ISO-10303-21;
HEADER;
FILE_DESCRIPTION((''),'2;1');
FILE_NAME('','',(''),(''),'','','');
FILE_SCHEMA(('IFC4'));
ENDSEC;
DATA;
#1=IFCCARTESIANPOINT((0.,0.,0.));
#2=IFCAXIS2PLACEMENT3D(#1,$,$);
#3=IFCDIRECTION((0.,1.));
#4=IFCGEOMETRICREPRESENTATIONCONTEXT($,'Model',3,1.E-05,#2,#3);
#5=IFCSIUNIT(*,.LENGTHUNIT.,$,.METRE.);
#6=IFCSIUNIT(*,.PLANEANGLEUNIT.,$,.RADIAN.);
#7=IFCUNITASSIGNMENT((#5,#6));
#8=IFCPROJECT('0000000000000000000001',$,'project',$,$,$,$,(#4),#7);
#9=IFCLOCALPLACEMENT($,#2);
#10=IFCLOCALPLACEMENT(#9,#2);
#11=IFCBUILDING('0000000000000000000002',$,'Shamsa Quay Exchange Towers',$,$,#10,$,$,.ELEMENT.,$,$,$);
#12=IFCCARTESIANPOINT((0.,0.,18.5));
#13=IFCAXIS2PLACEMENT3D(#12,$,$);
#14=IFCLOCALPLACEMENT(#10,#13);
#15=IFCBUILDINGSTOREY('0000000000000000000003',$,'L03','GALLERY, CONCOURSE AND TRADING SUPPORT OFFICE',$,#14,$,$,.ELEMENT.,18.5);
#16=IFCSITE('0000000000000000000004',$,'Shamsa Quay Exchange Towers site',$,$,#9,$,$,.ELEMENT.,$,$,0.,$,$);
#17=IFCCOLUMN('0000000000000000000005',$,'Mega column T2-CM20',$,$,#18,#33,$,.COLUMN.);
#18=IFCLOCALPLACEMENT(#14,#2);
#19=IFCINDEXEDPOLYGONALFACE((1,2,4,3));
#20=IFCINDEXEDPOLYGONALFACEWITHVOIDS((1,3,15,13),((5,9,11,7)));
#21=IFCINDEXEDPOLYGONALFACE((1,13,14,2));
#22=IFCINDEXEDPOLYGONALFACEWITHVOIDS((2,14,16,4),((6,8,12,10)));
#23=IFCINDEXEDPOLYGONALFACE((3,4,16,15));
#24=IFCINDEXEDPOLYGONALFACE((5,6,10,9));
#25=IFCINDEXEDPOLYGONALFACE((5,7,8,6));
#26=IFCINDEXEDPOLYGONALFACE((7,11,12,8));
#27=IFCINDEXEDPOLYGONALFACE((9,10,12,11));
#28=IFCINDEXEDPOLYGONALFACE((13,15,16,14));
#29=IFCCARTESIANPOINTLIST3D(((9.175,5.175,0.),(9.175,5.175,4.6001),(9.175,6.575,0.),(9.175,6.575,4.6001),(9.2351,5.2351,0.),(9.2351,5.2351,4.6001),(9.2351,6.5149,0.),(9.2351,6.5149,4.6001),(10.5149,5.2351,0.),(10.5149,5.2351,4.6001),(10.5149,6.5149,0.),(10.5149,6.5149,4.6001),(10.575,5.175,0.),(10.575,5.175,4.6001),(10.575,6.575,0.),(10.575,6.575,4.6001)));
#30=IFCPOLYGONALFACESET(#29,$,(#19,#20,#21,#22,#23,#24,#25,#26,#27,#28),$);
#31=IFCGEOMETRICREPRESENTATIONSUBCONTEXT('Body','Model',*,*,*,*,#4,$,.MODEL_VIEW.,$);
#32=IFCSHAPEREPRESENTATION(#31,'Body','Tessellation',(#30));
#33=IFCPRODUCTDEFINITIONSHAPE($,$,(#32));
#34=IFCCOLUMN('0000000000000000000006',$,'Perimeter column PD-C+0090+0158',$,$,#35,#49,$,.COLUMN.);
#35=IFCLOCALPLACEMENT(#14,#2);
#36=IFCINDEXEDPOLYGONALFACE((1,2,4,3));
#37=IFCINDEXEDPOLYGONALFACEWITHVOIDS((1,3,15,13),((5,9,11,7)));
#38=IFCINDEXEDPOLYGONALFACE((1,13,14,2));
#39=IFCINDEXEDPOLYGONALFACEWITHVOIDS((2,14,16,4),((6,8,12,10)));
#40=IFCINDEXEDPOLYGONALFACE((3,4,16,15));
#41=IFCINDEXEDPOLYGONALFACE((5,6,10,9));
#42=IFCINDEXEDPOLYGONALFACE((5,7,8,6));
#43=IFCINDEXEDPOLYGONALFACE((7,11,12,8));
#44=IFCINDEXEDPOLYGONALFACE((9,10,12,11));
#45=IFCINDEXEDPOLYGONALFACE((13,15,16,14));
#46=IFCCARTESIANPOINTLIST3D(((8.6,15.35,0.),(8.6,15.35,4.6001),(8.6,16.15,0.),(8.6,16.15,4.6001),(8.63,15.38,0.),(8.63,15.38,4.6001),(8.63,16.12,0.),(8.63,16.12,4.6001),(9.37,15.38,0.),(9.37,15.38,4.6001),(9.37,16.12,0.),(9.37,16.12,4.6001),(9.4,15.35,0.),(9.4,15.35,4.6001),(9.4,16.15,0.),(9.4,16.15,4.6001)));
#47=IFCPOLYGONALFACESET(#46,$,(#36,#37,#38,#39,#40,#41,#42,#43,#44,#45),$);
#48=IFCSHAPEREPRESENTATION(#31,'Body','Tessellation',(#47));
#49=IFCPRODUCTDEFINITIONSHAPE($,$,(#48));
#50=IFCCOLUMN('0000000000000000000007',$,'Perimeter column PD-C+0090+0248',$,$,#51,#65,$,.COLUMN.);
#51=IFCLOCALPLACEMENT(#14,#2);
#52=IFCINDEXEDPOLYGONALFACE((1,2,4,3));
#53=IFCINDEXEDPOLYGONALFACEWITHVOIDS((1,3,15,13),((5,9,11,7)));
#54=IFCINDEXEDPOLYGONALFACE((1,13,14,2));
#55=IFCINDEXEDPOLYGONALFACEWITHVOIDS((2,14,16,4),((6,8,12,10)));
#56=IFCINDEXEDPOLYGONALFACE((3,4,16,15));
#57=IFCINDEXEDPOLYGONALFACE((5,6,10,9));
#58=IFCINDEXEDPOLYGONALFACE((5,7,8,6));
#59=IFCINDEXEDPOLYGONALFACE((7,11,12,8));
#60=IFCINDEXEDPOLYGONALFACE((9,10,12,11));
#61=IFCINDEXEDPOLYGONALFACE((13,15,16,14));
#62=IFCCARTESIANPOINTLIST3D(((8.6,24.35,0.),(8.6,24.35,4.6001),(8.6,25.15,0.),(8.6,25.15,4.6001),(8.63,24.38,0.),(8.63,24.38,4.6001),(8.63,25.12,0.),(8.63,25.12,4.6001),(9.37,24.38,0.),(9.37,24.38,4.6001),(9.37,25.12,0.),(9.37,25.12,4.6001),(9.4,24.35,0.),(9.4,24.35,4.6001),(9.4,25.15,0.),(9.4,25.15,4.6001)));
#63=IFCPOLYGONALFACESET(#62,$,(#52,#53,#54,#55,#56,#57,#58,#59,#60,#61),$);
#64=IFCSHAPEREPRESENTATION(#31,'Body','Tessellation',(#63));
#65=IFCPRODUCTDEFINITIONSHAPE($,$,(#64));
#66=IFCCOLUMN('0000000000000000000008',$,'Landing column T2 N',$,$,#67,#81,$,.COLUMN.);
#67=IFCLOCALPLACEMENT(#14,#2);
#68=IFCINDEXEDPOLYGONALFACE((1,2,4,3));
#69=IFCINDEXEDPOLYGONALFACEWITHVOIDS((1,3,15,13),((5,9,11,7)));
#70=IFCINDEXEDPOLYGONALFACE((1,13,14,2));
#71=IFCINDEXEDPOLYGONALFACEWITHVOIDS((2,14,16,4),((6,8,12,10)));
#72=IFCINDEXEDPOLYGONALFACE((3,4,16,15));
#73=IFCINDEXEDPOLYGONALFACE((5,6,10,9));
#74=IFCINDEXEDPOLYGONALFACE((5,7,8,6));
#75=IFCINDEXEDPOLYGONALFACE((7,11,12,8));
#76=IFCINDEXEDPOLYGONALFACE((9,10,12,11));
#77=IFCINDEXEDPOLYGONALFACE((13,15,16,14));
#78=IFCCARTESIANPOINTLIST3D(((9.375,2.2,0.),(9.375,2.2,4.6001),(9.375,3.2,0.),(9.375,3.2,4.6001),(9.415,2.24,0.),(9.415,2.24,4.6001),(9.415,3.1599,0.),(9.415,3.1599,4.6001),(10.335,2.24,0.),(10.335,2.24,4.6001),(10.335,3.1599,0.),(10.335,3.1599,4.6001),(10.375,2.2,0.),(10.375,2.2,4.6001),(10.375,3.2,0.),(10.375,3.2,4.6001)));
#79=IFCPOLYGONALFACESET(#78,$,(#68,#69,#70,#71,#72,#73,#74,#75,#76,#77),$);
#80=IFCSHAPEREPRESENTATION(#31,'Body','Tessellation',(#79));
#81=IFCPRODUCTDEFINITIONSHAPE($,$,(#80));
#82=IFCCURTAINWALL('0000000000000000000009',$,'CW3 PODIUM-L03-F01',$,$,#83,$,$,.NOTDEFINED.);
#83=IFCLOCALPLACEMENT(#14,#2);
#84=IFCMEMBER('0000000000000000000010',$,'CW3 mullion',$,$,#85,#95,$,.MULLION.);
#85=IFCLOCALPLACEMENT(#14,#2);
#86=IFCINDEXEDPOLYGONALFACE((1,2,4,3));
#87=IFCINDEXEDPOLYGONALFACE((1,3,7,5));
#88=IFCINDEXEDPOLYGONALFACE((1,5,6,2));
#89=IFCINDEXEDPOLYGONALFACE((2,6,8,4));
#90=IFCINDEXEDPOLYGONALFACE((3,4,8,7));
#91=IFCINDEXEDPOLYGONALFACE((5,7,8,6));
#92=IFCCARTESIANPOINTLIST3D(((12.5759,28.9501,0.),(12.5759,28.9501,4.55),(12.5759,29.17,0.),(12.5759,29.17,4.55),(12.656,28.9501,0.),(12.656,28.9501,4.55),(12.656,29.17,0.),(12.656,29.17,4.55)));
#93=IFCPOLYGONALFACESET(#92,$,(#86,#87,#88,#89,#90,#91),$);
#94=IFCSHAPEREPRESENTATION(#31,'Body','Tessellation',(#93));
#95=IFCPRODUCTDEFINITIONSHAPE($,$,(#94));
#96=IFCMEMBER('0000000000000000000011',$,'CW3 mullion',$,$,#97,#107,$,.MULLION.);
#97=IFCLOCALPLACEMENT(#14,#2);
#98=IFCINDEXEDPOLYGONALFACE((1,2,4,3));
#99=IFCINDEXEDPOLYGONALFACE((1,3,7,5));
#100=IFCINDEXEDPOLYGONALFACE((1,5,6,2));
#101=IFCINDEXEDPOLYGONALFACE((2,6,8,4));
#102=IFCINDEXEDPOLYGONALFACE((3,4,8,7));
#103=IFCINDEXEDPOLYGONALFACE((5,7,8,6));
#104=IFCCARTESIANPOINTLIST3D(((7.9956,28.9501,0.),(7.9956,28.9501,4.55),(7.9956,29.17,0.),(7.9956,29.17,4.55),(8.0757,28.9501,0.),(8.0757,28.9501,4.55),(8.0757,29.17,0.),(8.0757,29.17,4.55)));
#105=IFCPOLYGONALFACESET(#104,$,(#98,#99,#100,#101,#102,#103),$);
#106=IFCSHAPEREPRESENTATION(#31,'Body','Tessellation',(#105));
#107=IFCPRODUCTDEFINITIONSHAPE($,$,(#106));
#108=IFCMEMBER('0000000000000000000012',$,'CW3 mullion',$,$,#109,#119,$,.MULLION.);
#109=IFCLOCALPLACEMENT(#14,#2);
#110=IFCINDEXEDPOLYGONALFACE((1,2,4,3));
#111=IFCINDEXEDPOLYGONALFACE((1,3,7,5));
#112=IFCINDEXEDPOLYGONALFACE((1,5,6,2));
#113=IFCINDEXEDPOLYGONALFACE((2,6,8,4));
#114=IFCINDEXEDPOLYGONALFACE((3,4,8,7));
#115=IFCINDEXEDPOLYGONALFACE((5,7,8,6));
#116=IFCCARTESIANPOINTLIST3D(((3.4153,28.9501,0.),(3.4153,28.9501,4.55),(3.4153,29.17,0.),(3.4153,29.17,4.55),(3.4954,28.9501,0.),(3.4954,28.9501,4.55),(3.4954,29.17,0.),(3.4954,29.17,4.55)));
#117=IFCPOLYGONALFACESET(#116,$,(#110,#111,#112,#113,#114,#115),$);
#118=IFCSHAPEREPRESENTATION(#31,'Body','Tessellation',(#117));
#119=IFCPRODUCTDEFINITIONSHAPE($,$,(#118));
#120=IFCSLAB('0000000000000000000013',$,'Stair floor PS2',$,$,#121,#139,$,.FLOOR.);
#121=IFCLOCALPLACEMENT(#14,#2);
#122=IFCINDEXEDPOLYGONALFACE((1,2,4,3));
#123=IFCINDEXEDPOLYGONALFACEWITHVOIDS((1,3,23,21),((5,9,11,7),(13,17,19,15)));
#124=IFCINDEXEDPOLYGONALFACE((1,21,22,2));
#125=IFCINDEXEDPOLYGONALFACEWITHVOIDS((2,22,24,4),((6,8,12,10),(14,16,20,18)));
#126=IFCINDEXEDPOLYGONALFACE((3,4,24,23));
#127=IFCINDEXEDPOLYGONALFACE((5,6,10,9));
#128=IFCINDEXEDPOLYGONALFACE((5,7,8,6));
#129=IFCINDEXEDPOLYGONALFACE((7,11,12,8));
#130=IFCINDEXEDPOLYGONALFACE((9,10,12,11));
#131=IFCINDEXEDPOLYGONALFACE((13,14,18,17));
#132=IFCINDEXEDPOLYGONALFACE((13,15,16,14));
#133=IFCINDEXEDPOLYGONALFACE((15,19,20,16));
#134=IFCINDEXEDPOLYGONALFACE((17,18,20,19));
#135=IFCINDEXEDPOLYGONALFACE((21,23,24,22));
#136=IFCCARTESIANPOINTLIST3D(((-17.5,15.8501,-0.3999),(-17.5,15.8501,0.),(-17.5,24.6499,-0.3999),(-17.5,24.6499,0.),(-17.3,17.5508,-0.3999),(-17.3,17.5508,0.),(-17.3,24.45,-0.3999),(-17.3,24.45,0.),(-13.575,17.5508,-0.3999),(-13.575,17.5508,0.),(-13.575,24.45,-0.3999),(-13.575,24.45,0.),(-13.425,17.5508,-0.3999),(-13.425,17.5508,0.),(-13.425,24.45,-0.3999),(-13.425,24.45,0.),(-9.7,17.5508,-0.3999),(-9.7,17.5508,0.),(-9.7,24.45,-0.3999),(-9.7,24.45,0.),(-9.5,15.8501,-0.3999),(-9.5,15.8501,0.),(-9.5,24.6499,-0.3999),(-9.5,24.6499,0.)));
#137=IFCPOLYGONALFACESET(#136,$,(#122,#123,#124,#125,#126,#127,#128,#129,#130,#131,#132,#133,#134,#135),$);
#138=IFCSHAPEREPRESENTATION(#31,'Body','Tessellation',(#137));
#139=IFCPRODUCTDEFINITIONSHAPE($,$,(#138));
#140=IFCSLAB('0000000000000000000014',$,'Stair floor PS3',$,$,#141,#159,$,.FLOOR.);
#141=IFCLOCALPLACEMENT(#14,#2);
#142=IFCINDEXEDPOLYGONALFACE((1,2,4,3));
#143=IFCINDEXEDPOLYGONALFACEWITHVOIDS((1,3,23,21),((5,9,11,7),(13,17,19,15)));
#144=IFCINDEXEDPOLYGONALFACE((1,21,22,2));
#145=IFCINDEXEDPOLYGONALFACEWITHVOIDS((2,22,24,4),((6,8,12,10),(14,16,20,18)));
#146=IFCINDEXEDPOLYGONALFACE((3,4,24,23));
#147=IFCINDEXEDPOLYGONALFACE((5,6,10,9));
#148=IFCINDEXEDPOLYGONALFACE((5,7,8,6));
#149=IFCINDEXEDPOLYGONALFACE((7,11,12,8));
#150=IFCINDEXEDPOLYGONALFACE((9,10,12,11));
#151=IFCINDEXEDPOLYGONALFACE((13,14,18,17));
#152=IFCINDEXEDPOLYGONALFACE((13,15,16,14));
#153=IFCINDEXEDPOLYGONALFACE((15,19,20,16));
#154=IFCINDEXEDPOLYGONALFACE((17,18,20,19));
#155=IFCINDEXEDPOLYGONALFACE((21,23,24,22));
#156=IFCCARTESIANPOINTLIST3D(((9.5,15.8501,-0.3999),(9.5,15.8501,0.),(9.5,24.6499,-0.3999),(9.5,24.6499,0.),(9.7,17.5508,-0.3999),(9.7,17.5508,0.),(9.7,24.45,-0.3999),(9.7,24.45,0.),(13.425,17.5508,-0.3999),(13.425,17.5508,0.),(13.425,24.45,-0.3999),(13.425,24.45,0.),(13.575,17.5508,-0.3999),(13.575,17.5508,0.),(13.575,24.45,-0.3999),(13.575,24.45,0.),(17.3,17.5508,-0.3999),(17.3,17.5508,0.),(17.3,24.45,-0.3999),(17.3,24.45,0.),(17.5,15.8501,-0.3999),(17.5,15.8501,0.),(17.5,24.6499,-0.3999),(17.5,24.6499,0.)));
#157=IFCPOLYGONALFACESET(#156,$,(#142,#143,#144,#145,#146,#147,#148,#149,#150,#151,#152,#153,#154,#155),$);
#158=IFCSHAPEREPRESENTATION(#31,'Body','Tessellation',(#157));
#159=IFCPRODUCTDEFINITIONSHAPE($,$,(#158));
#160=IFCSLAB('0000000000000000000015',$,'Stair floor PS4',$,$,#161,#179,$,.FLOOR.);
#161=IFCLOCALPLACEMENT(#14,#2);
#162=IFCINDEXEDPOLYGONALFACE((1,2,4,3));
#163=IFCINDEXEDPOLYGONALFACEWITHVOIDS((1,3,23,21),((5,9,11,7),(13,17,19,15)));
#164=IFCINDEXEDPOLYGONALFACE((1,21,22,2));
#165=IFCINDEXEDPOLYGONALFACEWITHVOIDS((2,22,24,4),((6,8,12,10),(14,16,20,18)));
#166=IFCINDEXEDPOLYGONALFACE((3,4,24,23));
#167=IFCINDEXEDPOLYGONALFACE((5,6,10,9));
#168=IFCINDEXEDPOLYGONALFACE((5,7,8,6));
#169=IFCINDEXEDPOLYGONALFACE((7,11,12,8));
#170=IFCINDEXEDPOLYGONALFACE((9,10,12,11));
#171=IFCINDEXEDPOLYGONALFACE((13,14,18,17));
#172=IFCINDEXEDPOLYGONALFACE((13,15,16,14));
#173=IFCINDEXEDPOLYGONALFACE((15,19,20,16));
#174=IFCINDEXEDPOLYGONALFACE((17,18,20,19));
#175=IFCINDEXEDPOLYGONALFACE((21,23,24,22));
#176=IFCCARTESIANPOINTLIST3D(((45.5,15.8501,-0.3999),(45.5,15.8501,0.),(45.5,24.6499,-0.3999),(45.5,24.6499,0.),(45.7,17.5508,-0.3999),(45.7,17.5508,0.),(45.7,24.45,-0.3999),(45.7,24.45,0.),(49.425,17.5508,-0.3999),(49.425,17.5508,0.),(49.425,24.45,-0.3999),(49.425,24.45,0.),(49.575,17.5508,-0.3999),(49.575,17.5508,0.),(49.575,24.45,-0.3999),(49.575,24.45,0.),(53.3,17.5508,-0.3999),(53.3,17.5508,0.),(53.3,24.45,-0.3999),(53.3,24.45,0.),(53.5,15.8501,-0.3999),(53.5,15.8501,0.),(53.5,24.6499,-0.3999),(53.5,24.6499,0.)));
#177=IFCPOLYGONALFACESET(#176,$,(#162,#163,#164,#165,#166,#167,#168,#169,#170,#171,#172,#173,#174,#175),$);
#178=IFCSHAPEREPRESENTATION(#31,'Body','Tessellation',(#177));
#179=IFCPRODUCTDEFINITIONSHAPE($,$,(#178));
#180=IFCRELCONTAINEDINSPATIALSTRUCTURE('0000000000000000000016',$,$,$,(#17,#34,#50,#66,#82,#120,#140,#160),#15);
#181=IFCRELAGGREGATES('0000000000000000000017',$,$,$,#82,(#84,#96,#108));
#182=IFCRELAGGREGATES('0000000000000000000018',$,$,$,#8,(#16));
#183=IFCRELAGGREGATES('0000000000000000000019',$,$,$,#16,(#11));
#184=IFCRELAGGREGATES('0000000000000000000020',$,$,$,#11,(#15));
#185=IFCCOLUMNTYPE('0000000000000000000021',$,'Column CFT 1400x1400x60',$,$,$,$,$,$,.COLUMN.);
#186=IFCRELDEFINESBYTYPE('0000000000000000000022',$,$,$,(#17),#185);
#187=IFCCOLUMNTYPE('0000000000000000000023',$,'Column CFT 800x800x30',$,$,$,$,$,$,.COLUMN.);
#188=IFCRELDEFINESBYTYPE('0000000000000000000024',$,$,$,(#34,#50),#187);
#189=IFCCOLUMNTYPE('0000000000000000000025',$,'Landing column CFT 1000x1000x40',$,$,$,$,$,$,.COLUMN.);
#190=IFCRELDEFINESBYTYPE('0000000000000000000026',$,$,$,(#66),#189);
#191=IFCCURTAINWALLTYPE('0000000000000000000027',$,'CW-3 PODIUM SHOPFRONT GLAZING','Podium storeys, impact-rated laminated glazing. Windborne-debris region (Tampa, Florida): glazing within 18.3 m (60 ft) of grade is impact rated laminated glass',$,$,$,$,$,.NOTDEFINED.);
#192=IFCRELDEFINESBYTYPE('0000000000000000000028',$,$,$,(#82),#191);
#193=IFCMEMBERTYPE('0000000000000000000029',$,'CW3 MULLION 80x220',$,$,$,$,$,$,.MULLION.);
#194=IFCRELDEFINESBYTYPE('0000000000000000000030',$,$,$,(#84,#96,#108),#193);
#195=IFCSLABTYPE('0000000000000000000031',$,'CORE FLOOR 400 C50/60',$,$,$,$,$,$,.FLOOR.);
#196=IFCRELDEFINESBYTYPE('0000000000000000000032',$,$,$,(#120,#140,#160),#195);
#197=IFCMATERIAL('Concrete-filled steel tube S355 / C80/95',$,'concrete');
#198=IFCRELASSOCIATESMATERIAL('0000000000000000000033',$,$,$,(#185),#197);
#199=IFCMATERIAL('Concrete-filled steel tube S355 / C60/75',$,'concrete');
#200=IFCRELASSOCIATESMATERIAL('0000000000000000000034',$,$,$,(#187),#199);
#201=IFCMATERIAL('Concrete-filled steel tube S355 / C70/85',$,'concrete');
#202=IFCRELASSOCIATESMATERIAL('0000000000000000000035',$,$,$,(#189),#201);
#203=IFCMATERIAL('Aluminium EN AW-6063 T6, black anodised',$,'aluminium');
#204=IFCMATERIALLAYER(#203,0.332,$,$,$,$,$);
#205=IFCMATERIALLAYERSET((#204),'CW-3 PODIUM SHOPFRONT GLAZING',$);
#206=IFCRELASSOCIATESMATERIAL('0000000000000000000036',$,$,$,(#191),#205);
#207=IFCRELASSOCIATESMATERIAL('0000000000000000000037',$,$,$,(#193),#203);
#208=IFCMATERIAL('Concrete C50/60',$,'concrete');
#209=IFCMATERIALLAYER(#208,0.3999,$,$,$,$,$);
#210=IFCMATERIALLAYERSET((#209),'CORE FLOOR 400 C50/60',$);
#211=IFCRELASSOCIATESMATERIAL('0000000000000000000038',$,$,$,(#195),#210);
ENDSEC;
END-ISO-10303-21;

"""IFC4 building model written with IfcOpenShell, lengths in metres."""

from ifc_helpers import new_model, si_unit, direction, frame, origin, origin_2d, place, context, subcontext, project, spatial, polyline, rectangle, hollow_rectangle, outline, extrude, material, layer, layer_set, material_profile, profile_set, type_object, element, aggregate, save


model = new_model("IFC4")

# Units and contexts
model_context = context("Model", 3, precision=1e-05, world=origin(), true_north=direction((0.0, 1.0)))
body_context = subcontext(model_context, "Body", "Model", "MODEL_VIEW")
ifc_project = project(units=[si_unit("LENGTHUNIT", "METRE"), si_unit("PLANEANGLEUNIT", "RADIAN")], contexts=[model_context])

# Site, building, storey
site_placement = place(None, origin())
site = spatial("IfcSite", under=ifc_project, at=site_placement, Name="Shamsa Quay Exchange Towers site", CompositionType="ELEMENT", RefElevation=0.0)
building_placement = place(site_placement, origin())
building = spatial("IfcBuilding", under=site, at=building_placement, Name="Shamsa Quay Exchange Towers", CompositionType="ELEMENT")
storey_placement = place(building_placement, frame((0.0, 0.0, 18.5)))
storey = spatial("IfcBuildingStorey", under=building, at=storey_placement, Name="L03", Description="GALLERY, CONCOURSE AND TRADING SUPPORT OFFICE", CompositionType="ELEMENT", Elevation=18.5)

# Columns
ifc_material_1 = material(Name="Concrete-filled steel tube S355 / C80/95", Category="concrete")
ifc_material_profile_1 = material_profile(ifc_material_1, hollow_rectangle(XDim=1.3999, YDim=1.3999, WallThickness=0.0601, at=origin_2d()), Name="CFT 1400x1400x60")
ifc_profile_set_1 = profile_set([ifc_material_profile_1], Name="Concrete-filled steel tube S355 / C80/95")
column_type_1 = type_object("IfcColumnType", Name="Column CFT 1400x1400x60", PredefinedType="COLUMN", material=ifc_profile_set_1)
column_1_placement = place(storey_placement, frame((9.875, 5.875, 0.0)))
element("IfcColumn", 1, at=column_1_placement, inside=storey, type_object=column_type_1, Name="Mega column T2-CM20", PredefinedType="COLUMN", context=body_context, shape_type="SweptSolid", body=[
    extrude(hollow_rectangle(XDim=1.3999, YDim=1.3999, WallThickness=0.0601, at=origin_2d()), origin(), (0.0, 0.0, 1.0), 4.6001),
])
ifc_material_2 = material(Name="Concrete-filled steel tube S355 / C60/75", Category="concrete")
ifc_material_profile_2 = material_profile(ifc_material_2, hollow_rectangle(XDim=0.8, YDim=0.8, WallThickness=0.03, at=origin_2d()), Name="CFT 800x800x30")
ifc_profile_set_2 = profile_set([ifc_material_profile_2], Name="Concrete-filled steel tube S355 / C60/75")
column_type_2 = type_object("IfcColumnType", Name="Column CFT 800x800x30", PredefinedType="COLUMN", material=ifc_profile_set_2)
for number, where, name in (
    (2, (9.0, 15.75, 0.0), "Perimeter column PD-C+0090+0158"),
    (3, (9.0, 24.75, 0.0), "Perimeter column PD-C+0090+0248"),
):
    element("IfcColumn", number, at=place(storey_placement, frame(where)), inside=storey, type_object=column_type_2, Name=name, PredefinedType="COLUMN", context=body_context, shape_type="SweptSolid", body=[
        extrude(hollow_rectangle(XDim=0.8, YDim=0.8, WallThickness=0.03, at=origin_2d()), origin(), (0.0, 0.0, 1.0), 4.6001),
    ])
ifc_material_3 = material(Name="Concrete-filled steel tube S355 / C70/85", Category="concrete")
ifc_material_profile_3 = material_profile(ifc_material_3, hollow_rectangle(XDim=1.0, YDim=1.0, WallThickness=0.04, at=origin_2d()), Name="CFT 1000x1000x40")
ifc_profile_set_3 = profile_set([ifc_material_profile_3], Name="Concrete-filled steel tube S355 / C70/85")
column_type_3 = type_object("IfcColumnType", Name="Landing column CFT 1000x1000x40", PredefinedType="COLUMN", material=ifc_profile_set_3)
column_2_placement = place(storey_placement, frame((9.875, 2.7, 0.0)))
element("IfcColumn", 4, at=column_2_placement, inside=storey, type_object=column_type_3, Name="Landing column T2 N", PredefinedType="COLUMN", context=body_context, shape_type="SweptSolid", body=[
    extrude(hollow_rectangle(XDim=1.0, YDim=1.0, WallThickness=0.04, at=origin_2d()), origin(), (0.0, 0.0, 1.0), 4.6001),
])

# Curtain wall, members
ifc_material_4 = material(Name="Aluminium EN AW-6063 T6, black anodised", Category="aluminium")
ifc_layer_1 = layer(ifc_material_4, 0.332)
ifc_layer_set_1 = layer_set([ifc_layer_1], Name="CW-3 PODIUM SHOPFRONT GLAZING")
curtain_wall_type = type_object("IfcCurtainWallType", Name="CW-3 PODIUM SHOPFRONT GLAZING", Description="Podium storeys, impact-rated laminated glazing. Windborne-debris region (Tampa, Florida): glazing within 18.3 m (60 ft) of grade is impact rated laminated glass", PredefinedType="NOTDEFINED", material=ifc_layer_set_1)
curtain_wall_placement = place(storey_placement, origin())
curtain_wall = element("IfcCurtainWall", 5, at=curtain_wall_placement, inside=storey, type_object=curtain_wall_type, Name="CW3 PODIUM-L03-F01", PredefinedType="NOTDEFINED")
ifc_material_profile_4 = material_profile(ifc_material_4, rectangle(XDim=0.22, YDim=0.0801, at=origin_2d()), Name="MU80x220")
ifc_profile_set_4 = profile_set([ifc_material_profile_4], Name="Aluminium EN AW-6063 T6, black anodised")
member_type = type_object("IfcMemberType", Name="CW3 MULLION 80x220", PredefinedType="MULLION", material=ifc_profile_set_4)
member_1_placement = place(storey_placement, frame((12.616, 29.0601, 0.0), z_axis=(0.0, 0.0, 1.0), x_axis=(0.0, -1.0, 0.0)))
member_1 = element("IfcMember", 6, at=member_1_placement, type_object=member_type, Name="CW3 mullion", PredefinedType="MULLION", context=body_context, shape_type="SweptSolid", body=[
    extrude(rectangle(XDim=0.22, YDim=0.0801, at=origin_2d()), origin(), (0.0, 0.0, 1.0), 4.55),
])
member_2_placement = place(storey_placement, frame((8.0356, 29.0601, 0.0), z_axis=(0.0, 0.0, 1.0), x_axis=(0.0, -1.0, 0.0)))
member_2 = element("IfcMember", 7, at=member_2_placement, type_object=member_type, Name="CW3 mullion", PredefinedType="MULLION", context=body_context, shape_type="SweptSolid", body=[
    extrude(rectangle(XDim=0.22, YDim=0.0801, at=origin_2d()), origin(), (0.0, 0.0, 1.0), 4.55),
])
member_3_placement = place(storey_placement, frame((3.4553, 29.0601, 0.0), z_axis=(0.0, 0.0, 1.0), x_axis=(0.0, -1.0, 0.0)))
member_3 = element("IfcMember", 8, at=member_3_placement, type_object=member_type, Name="CW3 mullion", PredefinedType="MULLION", context=body_context, shape_type="SweptSolid", body=[
    extrude(rectangle(XDim=0.22, YDim=0.0801, at=origin_2d()), origin(), (0.0, 0.0, 1.0), 4.55),
])

# Slabs
ifc_material_5 = material(Name="Concrete C50/60", Category="concrete")
ifc_layer_2 = layer(ifc_material_5, 0.3999)
ifc_layer_set_2 = layer_set([ifc_layer_2], Name="CORE FLOOR 400 C50/60")
slab_type_1 = type_object("IfcSlabType", Name="CORE FLOOR 400 C50/60", PredefinedType="FLOOR", material=ifc_layer_set_2)
slab_1_placement = place(storey_placement, frame((0.0, 0.0, -0.3999)))
element("IfcSlab", 9, at=slab_1_placement, inside=storey, type_object=slab_type_1, Name="Stair floor PS2", PredefinedType="FLOOR", context=body_context, shape_type="SweptSolid", body=[
    extrude(outline(polyline([(-17.5, 15.8501), (-9.5, 15.8501), (-9.5, 24.6499), (-17.5, 24.6499), (-17.5, 15.8501)]), holes=[polyline([(-13.575, 17.5508), (-17.3, 17.5508), (-17.3, 24.45), (-13.575, 24.45), (-13.575, 17.5508)]), polyline([(-9.7, 17.5508), (-13.425, 17.5508), (-13.425, 24.45), (-9.7, 24.45), (-9.7, 17.5508)])]), origin(), (0.0, 0.0, 1.0), 0.3999),
])
slab_2_placement = place(storey_placement, frame((0.0, 0.0, -0.3999)))
element("IfcSlab", 10, at=slab_2_placement, inside=storey, type_object=slab_type_1, Name="Stair floor PS3", PredefinedType="FLOOR", context=body_context, shape_type="SweptSolid", body=[
    extrude(outline(polyline([(9.5, 15.8501), (17.5, 15.8501), (17.5, 24.6499), (9.5, 24.6499), (9.5, 15.8501)]), holes=[polyline([(13.425, 17.5508), (9.7, 17.5508), (9.7, 24.45), (13.425, 24.45), (13.425, 17.5508)]), polyline([(17.3, 17.5508), (13.575, 17.5508), (13.575, 24.45), (17.3, 24.45), (17.3, 17.5508)])]), origin(), (0.0, 0.0, 1.0), 0.3999),
])
slab_3_placement = place(storey_placement, frame((0.0, 0.0, -0.3999)))
element("IfcSlab", 11, at=slab_3_placement, inside=storey, type_object=slab_type_1, Name="Stair floor PS4", PredefinedType="FLOOR", context=body_context, shape_type="SweptSolid", body=[
    extrude(outline(polyline([(45.5, 15.8501), (53.5, 15.8501), (53.5, 24.6499), (45.5, 24.6499), (45.5, 15.8501)]), holes=[polyline([(49.425, 17.5508), (45.7, 17.5508), (45.7, 24.45), (49.425, 24.45), (49.425, 17.5508)]), polyline([(53.3, 17.5508), (49.575, 17.5508), (49.575, 24.45), (53.3, 24.45), (53.3, 17.5508)])]), origin(), (0.0, 0.0, 1.0), 0.3999),
])

aggregate(curtain_wall, [member_1, member_2, member_3])

save(model, "model.ifc")
